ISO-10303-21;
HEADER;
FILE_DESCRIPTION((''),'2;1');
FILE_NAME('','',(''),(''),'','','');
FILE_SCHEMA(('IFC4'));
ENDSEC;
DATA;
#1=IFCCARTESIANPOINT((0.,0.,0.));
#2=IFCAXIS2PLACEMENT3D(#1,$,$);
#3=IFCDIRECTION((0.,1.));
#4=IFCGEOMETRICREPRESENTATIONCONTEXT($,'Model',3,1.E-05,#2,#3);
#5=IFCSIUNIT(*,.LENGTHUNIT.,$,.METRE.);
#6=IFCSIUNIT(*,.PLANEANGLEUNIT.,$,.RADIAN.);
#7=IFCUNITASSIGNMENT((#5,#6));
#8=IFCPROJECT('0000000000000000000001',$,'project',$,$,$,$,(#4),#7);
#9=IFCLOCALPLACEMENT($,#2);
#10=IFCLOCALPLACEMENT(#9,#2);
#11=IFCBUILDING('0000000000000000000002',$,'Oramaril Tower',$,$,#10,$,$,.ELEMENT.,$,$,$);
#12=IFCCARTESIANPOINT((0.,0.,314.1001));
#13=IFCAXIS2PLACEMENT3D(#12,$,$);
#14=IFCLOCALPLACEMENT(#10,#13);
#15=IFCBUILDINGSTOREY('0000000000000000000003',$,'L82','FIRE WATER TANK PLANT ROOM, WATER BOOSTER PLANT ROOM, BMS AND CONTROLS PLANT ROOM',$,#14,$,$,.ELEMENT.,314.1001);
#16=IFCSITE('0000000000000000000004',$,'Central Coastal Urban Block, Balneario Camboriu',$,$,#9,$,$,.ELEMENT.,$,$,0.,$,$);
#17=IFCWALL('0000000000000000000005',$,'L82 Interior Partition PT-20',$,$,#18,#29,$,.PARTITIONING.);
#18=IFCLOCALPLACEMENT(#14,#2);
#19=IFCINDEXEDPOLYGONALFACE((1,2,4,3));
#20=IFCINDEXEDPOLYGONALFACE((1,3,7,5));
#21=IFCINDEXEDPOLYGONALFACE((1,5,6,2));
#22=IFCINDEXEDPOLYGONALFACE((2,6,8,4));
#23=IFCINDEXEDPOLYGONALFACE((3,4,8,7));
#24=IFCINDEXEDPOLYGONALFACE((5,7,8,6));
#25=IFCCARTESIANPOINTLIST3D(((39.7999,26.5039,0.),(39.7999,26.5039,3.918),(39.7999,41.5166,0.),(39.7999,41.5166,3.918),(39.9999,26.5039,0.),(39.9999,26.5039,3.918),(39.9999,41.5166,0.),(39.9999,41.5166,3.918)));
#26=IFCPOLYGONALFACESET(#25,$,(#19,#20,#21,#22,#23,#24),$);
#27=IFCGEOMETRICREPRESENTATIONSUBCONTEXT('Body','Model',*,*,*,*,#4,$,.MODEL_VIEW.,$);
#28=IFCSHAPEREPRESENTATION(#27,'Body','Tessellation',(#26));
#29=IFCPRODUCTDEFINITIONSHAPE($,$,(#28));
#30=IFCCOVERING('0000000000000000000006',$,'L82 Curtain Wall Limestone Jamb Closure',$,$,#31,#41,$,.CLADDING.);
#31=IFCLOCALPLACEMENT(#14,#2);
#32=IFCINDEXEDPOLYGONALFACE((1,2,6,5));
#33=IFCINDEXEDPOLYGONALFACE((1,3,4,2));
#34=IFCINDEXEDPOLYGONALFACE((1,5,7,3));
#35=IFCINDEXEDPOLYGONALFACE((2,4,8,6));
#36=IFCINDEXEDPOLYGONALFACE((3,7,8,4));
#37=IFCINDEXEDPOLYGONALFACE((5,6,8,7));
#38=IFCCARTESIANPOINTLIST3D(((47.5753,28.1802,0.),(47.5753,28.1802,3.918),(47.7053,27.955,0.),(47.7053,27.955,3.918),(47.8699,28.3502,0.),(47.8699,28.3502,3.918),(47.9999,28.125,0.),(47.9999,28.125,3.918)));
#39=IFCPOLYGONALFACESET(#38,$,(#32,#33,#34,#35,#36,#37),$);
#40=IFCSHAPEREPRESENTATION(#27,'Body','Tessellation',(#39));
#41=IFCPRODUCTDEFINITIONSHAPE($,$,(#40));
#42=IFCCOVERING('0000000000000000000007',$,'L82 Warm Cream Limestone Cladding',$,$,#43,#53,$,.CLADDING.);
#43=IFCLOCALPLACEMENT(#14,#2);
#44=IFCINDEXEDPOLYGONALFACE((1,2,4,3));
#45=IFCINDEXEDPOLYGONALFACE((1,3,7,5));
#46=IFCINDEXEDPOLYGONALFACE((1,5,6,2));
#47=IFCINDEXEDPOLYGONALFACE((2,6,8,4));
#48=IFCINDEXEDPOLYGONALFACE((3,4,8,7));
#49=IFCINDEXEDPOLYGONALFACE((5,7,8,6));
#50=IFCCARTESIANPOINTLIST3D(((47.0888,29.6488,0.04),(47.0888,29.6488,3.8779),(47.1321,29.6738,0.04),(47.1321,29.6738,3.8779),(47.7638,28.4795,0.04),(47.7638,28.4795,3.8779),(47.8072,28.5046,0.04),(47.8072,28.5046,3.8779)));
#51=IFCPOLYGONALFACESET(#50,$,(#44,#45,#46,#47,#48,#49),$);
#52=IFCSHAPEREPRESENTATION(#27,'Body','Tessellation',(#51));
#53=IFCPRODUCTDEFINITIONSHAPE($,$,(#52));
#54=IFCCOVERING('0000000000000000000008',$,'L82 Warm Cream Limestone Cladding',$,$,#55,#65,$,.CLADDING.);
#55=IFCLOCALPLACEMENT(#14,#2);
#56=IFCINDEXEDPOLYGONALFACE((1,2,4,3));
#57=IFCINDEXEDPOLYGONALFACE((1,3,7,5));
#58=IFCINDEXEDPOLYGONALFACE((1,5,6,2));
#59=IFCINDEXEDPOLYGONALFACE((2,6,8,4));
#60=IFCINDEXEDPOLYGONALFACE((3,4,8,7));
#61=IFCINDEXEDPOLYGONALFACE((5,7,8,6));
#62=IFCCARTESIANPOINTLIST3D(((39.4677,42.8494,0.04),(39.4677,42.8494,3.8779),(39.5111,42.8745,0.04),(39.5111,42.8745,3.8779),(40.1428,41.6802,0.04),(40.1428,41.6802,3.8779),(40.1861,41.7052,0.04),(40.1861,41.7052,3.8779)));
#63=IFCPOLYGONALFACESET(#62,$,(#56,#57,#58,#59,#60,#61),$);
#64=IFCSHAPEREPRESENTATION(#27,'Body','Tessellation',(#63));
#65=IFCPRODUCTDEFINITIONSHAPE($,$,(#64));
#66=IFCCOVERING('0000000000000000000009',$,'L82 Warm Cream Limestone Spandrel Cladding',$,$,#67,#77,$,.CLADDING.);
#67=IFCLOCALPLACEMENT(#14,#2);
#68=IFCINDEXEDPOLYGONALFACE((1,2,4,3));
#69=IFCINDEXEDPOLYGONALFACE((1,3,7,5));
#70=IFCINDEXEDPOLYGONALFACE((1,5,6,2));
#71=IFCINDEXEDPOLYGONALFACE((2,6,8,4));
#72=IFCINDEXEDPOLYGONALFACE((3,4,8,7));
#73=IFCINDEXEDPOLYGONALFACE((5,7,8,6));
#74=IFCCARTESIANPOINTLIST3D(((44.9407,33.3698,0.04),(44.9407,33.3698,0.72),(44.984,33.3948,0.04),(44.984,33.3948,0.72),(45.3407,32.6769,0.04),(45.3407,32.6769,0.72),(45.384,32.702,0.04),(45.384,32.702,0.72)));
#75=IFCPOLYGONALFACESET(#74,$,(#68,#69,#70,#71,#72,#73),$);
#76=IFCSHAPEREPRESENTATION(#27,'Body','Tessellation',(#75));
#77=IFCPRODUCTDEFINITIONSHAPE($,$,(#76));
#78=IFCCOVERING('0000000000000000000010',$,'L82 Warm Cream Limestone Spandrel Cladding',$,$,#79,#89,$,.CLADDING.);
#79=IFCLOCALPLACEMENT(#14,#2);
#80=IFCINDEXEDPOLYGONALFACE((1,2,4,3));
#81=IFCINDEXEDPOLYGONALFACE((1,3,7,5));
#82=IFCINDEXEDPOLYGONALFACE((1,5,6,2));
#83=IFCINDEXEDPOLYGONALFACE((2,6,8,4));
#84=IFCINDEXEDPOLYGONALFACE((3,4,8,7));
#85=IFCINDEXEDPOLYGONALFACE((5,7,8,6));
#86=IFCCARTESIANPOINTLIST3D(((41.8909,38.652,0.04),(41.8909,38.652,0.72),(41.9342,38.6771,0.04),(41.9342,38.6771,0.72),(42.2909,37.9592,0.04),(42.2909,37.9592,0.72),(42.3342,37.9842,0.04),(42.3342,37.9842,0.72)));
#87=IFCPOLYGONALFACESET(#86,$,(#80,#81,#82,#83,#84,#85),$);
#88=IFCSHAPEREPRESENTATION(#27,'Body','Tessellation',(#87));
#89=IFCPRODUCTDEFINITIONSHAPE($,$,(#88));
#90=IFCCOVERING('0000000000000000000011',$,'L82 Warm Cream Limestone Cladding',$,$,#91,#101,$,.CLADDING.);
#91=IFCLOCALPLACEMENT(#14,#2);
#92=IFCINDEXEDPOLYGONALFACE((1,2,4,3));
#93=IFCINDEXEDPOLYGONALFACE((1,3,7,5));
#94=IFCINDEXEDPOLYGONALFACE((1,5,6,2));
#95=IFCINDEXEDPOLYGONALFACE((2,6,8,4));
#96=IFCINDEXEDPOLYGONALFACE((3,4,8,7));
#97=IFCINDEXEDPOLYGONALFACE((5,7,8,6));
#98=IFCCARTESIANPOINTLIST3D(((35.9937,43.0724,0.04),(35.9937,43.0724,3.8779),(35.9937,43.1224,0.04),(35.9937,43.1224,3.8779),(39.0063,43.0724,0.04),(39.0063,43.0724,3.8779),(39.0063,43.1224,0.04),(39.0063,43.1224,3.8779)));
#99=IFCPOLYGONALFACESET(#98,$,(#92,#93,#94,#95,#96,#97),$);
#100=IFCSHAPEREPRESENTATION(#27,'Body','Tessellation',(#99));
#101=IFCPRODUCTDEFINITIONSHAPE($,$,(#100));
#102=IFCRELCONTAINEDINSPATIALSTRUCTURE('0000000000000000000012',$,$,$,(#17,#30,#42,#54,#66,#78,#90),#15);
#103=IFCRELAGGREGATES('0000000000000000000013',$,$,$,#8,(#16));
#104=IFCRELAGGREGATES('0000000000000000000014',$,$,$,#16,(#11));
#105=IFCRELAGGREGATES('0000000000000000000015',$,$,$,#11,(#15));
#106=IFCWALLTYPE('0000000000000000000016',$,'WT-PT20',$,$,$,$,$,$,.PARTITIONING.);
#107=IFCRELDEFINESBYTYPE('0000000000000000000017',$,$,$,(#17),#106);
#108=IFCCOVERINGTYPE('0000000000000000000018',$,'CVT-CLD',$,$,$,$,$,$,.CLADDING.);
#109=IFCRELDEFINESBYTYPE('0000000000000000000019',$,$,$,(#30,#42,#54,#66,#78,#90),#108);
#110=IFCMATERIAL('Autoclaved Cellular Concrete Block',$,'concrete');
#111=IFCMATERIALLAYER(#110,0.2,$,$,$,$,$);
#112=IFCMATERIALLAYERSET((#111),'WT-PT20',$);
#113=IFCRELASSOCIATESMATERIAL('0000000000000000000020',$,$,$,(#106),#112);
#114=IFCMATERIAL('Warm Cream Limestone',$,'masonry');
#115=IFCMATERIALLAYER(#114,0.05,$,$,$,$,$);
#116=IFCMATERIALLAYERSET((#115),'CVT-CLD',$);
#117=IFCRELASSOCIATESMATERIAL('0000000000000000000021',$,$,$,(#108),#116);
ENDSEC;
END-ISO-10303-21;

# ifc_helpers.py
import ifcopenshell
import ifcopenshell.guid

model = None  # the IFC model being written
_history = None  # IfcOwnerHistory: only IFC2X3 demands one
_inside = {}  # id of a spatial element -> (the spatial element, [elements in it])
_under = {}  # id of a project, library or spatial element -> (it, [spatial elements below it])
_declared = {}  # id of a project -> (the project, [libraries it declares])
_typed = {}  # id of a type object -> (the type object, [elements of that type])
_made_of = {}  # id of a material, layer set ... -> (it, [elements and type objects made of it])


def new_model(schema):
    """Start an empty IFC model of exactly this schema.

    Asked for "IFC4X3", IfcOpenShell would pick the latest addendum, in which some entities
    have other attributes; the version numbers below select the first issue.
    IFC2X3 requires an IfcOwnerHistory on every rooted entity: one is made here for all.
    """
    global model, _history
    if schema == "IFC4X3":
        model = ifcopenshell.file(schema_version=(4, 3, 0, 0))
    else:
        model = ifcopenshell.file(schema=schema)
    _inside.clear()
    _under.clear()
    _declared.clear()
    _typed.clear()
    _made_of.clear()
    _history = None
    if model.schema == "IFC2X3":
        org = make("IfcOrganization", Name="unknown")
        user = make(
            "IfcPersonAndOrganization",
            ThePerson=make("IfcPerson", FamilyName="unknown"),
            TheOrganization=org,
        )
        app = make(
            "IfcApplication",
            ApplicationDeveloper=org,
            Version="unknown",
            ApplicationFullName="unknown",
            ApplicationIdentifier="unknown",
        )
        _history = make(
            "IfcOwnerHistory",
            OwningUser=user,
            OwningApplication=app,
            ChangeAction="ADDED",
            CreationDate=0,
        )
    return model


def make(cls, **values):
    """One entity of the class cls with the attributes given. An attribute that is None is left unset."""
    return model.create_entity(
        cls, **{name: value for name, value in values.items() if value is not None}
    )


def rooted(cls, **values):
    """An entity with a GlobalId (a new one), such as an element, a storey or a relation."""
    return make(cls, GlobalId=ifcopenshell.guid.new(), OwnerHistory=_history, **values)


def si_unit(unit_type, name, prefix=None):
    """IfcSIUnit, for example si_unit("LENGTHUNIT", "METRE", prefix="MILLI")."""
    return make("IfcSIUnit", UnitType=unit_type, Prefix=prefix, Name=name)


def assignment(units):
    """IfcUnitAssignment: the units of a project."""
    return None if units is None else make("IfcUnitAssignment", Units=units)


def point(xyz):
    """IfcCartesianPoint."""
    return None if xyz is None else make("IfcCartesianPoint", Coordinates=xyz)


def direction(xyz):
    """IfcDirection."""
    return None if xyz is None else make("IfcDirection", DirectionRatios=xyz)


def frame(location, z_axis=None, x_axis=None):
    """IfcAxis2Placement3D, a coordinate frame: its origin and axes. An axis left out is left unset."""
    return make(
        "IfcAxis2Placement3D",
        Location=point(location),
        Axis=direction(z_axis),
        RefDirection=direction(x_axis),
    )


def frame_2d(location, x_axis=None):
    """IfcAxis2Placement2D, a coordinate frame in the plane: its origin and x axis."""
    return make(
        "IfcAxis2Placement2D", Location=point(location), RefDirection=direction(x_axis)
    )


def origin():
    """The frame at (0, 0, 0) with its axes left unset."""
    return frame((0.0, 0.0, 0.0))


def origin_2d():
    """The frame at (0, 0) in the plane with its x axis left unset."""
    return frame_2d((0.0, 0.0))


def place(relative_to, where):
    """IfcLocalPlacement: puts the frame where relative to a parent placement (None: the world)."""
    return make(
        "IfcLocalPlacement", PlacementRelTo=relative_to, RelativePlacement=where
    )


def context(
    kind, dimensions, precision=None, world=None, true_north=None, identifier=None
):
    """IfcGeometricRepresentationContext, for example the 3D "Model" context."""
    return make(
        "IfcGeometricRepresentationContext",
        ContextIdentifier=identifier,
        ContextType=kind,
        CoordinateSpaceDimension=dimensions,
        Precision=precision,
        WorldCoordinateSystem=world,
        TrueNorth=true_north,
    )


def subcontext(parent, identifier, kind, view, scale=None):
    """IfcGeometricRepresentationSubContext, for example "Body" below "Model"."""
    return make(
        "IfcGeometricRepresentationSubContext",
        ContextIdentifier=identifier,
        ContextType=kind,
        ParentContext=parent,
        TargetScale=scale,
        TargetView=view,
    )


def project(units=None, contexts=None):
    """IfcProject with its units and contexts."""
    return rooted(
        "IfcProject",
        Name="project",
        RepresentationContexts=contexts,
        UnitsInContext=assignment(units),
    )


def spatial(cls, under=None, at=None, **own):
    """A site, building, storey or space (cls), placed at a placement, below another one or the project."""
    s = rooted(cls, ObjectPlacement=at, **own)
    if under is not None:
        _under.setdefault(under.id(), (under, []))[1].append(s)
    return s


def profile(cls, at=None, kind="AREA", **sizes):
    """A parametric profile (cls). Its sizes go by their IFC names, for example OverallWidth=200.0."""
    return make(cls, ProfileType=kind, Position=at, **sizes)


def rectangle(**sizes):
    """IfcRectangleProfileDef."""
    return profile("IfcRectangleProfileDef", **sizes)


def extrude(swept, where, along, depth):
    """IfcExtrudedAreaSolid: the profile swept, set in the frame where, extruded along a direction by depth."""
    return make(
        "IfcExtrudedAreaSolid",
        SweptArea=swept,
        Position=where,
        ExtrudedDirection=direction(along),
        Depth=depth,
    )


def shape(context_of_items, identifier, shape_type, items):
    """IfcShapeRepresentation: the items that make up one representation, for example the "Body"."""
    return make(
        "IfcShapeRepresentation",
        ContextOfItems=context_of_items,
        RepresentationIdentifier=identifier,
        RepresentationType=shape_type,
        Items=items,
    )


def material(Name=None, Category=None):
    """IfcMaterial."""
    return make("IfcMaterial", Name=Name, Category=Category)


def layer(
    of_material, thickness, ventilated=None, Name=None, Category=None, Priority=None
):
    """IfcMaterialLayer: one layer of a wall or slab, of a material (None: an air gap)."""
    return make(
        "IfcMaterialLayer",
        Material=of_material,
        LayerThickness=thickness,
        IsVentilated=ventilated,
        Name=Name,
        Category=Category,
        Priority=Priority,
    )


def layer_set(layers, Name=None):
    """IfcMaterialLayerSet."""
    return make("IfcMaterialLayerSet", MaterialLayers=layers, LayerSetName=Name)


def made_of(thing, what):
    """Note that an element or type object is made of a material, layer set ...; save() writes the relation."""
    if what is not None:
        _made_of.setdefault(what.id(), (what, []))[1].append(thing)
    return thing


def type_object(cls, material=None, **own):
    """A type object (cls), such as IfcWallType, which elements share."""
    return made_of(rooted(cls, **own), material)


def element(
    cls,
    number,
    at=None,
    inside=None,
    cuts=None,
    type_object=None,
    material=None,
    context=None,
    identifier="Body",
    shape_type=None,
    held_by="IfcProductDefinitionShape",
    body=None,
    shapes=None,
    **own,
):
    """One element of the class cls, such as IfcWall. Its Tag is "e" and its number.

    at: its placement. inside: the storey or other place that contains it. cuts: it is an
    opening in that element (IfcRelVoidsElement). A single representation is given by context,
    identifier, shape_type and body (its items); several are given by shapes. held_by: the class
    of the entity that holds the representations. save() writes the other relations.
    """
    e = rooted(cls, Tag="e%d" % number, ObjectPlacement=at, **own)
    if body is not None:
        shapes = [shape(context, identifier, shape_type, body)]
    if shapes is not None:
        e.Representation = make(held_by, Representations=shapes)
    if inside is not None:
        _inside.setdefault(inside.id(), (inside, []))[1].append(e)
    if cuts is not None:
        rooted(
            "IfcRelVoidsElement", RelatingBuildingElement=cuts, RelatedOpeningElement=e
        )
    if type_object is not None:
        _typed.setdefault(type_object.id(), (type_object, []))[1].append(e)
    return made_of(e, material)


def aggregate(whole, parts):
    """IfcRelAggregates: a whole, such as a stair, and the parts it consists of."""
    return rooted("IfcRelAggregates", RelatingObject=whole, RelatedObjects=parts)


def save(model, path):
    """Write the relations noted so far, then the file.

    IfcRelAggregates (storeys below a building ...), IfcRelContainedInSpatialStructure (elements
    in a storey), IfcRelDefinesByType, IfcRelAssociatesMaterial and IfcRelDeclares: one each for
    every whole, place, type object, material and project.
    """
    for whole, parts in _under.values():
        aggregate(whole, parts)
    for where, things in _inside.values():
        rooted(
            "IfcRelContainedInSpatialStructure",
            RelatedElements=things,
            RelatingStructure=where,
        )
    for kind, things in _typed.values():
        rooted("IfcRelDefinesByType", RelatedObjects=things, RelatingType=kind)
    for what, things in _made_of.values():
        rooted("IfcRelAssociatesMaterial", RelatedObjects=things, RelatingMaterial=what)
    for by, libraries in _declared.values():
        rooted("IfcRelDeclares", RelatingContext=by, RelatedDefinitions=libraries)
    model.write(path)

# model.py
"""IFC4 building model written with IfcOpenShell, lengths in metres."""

from ifc_helpers import new_model, si_unit, direction, frame, frame_2d, origin, origin_2d, place, context, subcontext, project, spatial, rectangle, extrude, material, layer, layer_set, type_object, element, save


model = new_model("IFC4")

# Units and contexts
model_context = context("Model", 3, precision=1e-05, world=origin(), true_north=direction((0.0, 1.0)))
body_context = subcontext(model_context, "Body", "Model", "MODEL_VIEW")
ifc_project = project(units=[si_unit("LENGTHUNIT", "METRE"), si_unit("PLANEANGLEUNIT", "RADIAN")], contexts=[model_context])

# Site, building, storey
site_placement = place(None, origin())
site = spatial("IfcSite", under=ifc_project, at=site_placement, Name="Central Coastal Urban Block, Balneario Camboriu", CompositionType="ELEMENT", RefElevation=0.0)
building_placement = place(site_placement, origin())
building = spatial("IfcBuilding", under=site, at=building_placement, Name="Oramaril Tower", CompositionType="ELEMENT")
storey_placement = place(building_placement, frame((0.0, 0.0, 314.1001)))
storey = spatial("IfcBuildingStorey", under=building, at=storey_placement, Name="L82", Description="FIRE WATER TANK PLANT ROOM, WATER BOOSTER PLANT ROOM, BMS AND CONTROLS PLANT ROOM", CompositionType="ELEMENT", Elevation=314.1001)

# Wall
ifc_material_1 = material(Name="Autoclaved Cellular Concrete Block", Category="concrete")
ifc_layer_1 = layer(ifc_material_1, 0.2)
ifc_layer_set_1 = layer_set([ifc_layer_1], Name="WT-PT20")
wall_type_1 = type_object("IfcWallType", Name="WT-PT20", PredefinedType="PARTITIONING", material=ifc_layer_set_1)
wall_1_placement = place(storey_placement, frame((39.8999, 26.5039, 0.0), z_axis=(0.0, 0.0, 1.0), x_axis=(0.0, 1.0, 0.0)))
element("IfcWall", 1, at=wall_1_placement, inside=storey, type_object=wall_type_1, Name="L82 Interior Partition PT-20", PredefinedType="PARTITIONING", context=body_context, shape_type="SweptSolid", body=[
    extrude(rectangle(XDim=15.0127, YDim=0.2, at=frame_2d((7.5063, 0.0))), origin(), (0.0, 0.0, 1.0), 3.918),
])

# Coverings
ifc_material_2 = material(Name="Warm Cream Limestone", Category="masonry")
ifc_layer_2 = layer(ifc_material_2, 0.05)
ifc_layer_set_2 = layer_set([ifc_layer_2], Name="CVT-CLD")
covering_type = type_object("IfcCoveringType", Name="CVT-CLD", PredefinedType="CLADDING", material=ifc_layer_set_2)
covering_1_placement = place(storey_placement, frame((47.7876, 28.1526, 0.0), z_axis=(0.0, 0.0, 1.0), x_axis=(-0.5, 0.866025, 0.0)))
element("IfcCovering", 2, at=covering_1_placement, inside=storey, type_object=covering_type, Name="L82 Curtain Wall Limestone Jamb Closure", PredefinedType="CLADDING", context=body_context, shape_type="SweptSolid", body=[
    extrude(rectangle(XDim=0.26, YDim=0.3401, at=origin_2d()), origin(), (0.0, 0.0, 1.0), 3.918),
])
for number, where, z_axis, x_axis, name in (
    (3, (47.448, 29.0767, 0.04), (0.0, 0.0, 1.0), (-0.499998, 0.866026, 0.0), "L82 Warm Cream Limestone Cladding"),
    (4, (39.8269, 42.2773, 0.04), (0.0, 0.0, 1.0), (-0.499998, 0.866026, 0.0), "L82 Warm Cream Limestone Cladding"),
):
    element("IfcCovering", number, at=place(storey_placement, frame(where, z_axis=z_axis, x_axis=x_axis)), inside=storey, type_object=covering_type, Name=name, PredefinedType="CLADDING", context=body_context, shape_type="SweptSolid", body=[
        extrude(rectangle(XDim=1.3501, YDim=0.05, at=origin_2d()), origin(), (0.0, 0.0, 1.0), 3.8379),
    ])
for number, where, z_axis, x_axis, name in (
    (5, (45.1624, 33.0359, 0.04), (0.0, 0.0, 1.0), (-0.499998, 0.866026, 0.0), "L82 Warm Cream Limestone Spandrel Cladding"),
    (6, (42.1125, 38.3181, 0.04), (0.0, 0.0, 1.0), (-0.499998, 0.866026, 0.0), "L82 Warm Cream Limestone Spandrel Cladding"),
):
    element("IfcCovering", number, at=place(storey_placement, frame(where, z_axis=z_axis, x_axis=x_axis)), inside=storey, type_object=covering_type, Name=name, PredefinedType="CLADDING", context=body_context, shape_type="SweptSolid", body=[
        extrude(rectangle(XDim=0.8, YDim=0.05, at=origin_2d()), origin(), (0.0, 0.0, 1.0), 0.6799),
    ])
covering_2_placement = place(storey_placement, frame((37.5, 43.0974, 0.04), z_axis=(0.0, 0.0, 1.0), x_axis=(-1.0, 0.0, 0.0)))
element("IfcCovering", 7, at=covering_2_placement, inside=storey, type_object=covering_type, Name="L82 Warm Cream Limestone Cladding", PredefinedType="CLADDING", context=body_context, shape_type="SweptSolid", body=[
    extrude(rectangle(XDim=3.0127, YDim=0.05, at=origin_2d()), origin(), (0.0, 0.0, 1.0), 3.8379),
])

save(model, "model.ifc")
